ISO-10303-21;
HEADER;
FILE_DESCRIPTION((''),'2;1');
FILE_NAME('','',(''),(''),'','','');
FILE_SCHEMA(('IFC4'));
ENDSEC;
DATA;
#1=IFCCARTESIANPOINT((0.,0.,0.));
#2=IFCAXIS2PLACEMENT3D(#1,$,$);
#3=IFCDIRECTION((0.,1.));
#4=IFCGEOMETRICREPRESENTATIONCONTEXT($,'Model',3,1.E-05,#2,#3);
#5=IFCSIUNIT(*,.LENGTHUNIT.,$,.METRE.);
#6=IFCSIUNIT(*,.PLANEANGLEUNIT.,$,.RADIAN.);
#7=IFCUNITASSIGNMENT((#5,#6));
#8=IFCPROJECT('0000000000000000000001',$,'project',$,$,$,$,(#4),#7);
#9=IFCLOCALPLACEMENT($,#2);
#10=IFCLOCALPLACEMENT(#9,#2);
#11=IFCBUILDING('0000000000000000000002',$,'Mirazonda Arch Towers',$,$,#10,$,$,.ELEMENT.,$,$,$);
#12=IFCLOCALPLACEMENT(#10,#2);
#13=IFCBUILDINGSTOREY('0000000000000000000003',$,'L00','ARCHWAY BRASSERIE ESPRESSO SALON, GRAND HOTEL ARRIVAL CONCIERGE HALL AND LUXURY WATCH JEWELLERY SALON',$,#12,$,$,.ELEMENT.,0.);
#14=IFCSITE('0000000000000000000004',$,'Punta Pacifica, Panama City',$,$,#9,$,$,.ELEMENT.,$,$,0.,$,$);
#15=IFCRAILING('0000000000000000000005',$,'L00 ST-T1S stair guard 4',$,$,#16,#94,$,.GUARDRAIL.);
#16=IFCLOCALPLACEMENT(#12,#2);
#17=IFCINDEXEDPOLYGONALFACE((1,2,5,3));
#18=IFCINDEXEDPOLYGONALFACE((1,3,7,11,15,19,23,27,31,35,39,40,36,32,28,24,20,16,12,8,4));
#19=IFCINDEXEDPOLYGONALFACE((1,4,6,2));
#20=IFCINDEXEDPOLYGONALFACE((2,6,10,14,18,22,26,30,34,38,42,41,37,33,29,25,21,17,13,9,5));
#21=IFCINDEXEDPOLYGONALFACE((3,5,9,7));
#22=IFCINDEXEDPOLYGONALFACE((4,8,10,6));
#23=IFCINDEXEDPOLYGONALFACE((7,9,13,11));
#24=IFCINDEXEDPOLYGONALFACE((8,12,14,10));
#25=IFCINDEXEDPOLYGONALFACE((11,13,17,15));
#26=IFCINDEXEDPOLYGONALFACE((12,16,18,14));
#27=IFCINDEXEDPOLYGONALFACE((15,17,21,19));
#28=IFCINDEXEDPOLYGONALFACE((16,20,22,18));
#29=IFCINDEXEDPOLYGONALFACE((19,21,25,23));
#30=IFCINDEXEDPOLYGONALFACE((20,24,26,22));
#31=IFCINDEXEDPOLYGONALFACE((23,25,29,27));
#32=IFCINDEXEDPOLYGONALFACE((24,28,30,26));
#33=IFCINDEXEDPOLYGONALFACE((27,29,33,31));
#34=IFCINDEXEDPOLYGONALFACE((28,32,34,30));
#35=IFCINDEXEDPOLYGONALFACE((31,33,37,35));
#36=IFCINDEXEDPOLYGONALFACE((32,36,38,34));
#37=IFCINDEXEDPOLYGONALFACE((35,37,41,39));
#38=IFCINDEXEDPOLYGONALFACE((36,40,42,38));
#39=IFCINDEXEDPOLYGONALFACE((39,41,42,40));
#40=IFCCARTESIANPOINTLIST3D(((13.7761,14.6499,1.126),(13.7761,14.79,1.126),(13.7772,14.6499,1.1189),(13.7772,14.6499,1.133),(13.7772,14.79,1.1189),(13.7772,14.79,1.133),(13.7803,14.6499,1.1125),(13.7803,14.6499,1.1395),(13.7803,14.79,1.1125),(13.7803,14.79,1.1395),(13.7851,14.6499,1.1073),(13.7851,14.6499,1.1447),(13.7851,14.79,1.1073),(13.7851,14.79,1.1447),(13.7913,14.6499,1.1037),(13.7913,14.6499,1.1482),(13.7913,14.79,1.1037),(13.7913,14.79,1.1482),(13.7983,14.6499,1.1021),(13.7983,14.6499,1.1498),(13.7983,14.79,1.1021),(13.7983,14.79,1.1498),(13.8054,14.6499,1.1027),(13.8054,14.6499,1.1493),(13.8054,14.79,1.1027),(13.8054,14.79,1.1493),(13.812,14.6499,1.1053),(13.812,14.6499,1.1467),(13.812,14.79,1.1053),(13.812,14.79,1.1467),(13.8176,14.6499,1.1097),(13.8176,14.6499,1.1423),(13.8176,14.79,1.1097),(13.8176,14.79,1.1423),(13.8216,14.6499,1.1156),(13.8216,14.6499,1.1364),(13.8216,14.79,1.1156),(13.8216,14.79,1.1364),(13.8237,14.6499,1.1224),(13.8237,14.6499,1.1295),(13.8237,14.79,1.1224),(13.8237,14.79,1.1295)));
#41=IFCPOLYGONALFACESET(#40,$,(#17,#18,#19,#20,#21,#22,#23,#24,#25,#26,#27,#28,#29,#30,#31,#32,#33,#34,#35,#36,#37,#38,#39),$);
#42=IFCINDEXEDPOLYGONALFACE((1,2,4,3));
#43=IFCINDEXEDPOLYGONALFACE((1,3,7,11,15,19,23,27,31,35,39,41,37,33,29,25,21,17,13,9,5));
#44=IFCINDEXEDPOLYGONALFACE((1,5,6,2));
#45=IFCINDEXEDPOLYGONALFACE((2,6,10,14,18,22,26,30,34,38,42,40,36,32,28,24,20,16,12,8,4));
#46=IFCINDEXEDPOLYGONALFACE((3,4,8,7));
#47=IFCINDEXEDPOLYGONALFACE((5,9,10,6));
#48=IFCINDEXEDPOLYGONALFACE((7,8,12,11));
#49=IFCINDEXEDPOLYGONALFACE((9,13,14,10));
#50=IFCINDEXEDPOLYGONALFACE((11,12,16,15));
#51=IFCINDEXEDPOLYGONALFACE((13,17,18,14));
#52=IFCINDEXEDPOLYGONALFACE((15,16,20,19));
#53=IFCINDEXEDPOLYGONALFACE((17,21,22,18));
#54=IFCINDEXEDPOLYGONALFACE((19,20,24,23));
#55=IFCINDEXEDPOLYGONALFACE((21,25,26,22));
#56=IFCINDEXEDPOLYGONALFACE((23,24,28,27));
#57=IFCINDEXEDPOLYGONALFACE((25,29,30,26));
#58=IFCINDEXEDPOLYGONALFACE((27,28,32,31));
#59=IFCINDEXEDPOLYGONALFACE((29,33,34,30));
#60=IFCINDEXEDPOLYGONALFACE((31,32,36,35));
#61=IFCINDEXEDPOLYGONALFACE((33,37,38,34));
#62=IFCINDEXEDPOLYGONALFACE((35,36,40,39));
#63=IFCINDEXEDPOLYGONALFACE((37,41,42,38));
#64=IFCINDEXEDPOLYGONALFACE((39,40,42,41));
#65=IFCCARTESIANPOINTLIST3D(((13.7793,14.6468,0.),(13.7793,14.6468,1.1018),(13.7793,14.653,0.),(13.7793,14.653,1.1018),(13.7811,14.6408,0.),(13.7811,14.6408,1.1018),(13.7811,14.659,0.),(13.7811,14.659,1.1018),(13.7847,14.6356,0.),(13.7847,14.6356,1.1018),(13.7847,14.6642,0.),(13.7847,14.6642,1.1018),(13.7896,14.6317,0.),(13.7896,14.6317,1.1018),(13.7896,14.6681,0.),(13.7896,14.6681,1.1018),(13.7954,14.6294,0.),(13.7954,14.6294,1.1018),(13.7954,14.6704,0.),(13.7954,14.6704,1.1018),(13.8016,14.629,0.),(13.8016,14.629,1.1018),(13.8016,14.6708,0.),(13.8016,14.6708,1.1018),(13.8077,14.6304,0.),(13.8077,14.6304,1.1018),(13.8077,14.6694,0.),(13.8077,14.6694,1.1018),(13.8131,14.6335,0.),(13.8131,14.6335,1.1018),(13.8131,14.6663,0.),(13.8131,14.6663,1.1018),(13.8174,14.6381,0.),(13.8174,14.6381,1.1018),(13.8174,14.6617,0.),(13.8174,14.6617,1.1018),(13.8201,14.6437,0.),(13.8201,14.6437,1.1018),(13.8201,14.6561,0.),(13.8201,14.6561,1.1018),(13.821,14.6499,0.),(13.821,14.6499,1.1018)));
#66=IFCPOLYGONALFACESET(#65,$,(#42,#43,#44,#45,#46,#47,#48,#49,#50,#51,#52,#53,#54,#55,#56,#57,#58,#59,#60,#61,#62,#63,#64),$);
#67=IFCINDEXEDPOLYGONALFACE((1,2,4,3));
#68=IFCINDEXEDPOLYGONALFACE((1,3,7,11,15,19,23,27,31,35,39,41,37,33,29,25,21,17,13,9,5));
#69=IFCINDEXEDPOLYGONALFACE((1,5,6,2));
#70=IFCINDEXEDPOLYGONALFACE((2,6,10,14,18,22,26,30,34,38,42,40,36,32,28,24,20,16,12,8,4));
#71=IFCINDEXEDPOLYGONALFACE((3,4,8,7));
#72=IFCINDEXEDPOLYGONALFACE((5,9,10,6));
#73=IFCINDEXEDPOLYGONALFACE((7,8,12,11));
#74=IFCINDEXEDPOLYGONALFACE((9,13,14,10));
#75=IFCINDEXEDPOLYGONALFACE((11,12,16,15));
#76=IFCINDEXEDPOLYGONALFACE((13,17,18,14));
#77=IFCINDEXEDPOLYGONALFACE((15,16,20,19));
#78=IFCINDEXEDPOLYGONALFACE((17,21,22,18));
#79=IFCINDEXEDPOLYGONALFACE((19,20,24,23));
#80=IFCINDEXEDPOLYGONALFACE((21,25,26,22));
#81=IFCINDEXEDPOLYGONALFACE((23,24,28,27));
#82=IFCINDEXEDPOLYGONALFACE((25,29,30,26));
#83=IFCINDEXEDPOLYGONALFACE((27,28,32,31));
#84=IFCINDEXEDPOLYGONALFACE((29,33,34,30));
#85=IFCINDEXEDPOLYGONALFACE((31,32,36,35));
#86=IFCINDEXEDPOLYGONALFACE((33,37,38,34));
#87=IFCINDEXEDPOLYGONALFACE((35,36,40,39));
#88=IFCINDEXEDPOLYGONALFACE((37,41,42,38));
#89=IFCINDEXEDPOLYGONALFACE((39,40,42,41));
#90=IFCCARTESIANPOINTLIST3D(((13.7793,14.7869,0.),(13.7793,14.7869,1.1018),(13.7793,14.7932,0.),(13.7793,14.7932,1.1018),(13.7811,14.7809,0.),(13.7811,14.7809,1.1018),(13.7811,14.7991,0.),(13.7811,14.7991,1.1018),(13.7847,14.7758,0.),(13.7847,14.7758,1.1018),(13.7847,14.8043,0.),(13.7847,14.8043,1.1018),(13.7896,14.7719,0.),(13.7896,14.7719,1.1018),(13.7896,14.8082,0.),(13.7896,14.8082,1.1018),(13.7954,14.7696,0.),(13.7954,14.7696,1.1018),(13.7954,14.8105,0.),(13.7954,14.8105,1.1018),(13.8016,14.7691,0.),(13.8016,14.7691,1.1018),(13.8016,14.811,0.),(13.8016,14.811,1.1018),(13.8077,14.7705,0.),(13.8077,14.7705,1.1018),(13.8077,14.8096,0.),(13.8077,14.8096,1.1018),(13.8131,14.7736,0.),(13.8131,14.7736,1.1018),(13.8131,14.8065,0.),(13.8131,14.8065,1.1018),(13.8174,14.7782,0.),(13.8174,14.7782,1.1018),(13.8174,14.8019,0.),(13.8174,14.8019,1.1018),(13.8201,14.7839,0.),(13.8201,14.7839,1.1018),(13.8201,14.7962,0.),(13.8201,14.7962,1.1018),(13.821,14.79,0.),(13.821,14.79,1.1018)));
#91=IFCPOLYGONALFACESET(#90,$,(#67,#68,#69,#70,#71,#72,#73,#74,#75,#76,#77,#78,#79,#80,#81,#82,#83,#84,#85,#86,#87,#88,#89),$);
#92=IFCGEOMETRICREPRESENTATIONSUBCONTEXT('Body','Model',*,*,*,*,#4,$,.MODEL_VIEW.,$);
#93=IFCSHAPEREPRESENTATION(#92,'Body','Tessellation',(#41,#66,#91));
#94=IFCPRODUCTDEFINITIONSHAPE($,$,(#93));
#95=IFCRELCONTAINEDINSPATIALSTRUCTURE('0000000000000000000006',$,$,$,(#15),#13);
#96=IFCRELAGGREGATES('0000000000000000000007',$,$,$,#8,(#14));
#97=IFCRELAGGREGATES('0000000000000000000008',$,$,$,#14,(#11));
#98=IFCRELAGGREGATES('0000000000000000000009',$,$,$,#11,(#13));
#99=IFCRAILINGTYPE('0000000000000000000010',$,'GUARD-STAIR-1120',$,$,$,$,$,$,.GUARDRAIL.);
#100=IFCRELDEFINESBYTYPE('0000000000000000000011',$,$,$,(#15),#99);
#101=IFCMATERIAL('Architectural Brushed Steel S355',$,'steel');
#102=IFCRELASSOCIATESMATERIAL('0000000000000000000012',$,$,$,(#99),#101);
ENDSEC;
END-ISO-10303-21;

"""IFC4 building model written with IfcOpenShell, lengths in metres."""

from ifc_helpers import new_model, si_unit, direction, frame, origin, origin_2d, place, context, subcontext, project, spatial, circle, extrude, material, type_object, element, save


model = new_model("IFC4")

# Units and contexts
model_context = context("Model", 3, precision=1e-05, world=origin(), true_north=direction((0.0, 1.0)))
body_context = subcontext(model_context, "Body", "Model", "MODEL_VIEW")
ifc_project = project(units=[si_unit("LENGTHUNIT", "METRE"), si_unit("PLANEANGLEUNIT", "RADIAN")], contexts=[model_context])

# Site, building, storey
site_placement = place(None, origin())
site = spatial("IfcSite", under=ifc_project, at=site_placement, Name="Punta Pacifica, Panama City", CompositionType="ELEMENT", RefElevation=0.0)
building_placement = place(site_placement, origin())
building = spatial("IfcBuilding", under=site, at=building_placement, Name="Mirazonda Arch Towers", CompositionType="ELEMENT")
storey_placement = place(building_placement, origin())
storey = spatial("IfcBuildingStorey", under=building, at=storey_placement, Name="L00", Description="ARCHWAY BRASSERIE ESPRESSO SALON, GRAND HOTEL ARRIVAL CONCIERGE HALL AND LUXURY WATCH JEWELLERY SALON", CompositionType="ELEMENT", Elevation=0.0)

# Shared definitions
ifc_material_1 = material(Name="Architectural Brushed Steel S355", Category="steel")

# Railing
railing_type_1 = type_object("IfcRailingType", Name="GUARD-STAIR-1120", PredefinedType="GUARDRAIL", material=ifc_material_1)
railing_1_placement = place(storey_placement, frame((13.8, 14.6499, 0.0)))
element("IfcRailing", 1, at=railing_1_placement, inside=storey, type_object=railing_type_1, Name="L00 ST-T1S stair guard 4", PredefinedType="GUARDRAIL", context=body_context, shape_type="SweptSolid", body=[
    extrude(circle(Radius=0.0239, at=origin_2d()), frame((0.0, 0.0, 1.126), z_axis=(0.0, 1.0, 0.0), x_axis=(-1.0, 0.0, 0.0)), (0.0, 0.0, 1.0), 0.1401),
    extrude(circle(Radius=0.021, at=origin_2d()), origin(), (0.0, 0.0, 1.0), 1.1018),
    extrude(circle(Radius=0.021, at=origin_2d()), frame((0.0, 0.1401, 0.0)), (0.0, 0.0, 1.0), 1.1018),
])

save(model, "model.ifc")
